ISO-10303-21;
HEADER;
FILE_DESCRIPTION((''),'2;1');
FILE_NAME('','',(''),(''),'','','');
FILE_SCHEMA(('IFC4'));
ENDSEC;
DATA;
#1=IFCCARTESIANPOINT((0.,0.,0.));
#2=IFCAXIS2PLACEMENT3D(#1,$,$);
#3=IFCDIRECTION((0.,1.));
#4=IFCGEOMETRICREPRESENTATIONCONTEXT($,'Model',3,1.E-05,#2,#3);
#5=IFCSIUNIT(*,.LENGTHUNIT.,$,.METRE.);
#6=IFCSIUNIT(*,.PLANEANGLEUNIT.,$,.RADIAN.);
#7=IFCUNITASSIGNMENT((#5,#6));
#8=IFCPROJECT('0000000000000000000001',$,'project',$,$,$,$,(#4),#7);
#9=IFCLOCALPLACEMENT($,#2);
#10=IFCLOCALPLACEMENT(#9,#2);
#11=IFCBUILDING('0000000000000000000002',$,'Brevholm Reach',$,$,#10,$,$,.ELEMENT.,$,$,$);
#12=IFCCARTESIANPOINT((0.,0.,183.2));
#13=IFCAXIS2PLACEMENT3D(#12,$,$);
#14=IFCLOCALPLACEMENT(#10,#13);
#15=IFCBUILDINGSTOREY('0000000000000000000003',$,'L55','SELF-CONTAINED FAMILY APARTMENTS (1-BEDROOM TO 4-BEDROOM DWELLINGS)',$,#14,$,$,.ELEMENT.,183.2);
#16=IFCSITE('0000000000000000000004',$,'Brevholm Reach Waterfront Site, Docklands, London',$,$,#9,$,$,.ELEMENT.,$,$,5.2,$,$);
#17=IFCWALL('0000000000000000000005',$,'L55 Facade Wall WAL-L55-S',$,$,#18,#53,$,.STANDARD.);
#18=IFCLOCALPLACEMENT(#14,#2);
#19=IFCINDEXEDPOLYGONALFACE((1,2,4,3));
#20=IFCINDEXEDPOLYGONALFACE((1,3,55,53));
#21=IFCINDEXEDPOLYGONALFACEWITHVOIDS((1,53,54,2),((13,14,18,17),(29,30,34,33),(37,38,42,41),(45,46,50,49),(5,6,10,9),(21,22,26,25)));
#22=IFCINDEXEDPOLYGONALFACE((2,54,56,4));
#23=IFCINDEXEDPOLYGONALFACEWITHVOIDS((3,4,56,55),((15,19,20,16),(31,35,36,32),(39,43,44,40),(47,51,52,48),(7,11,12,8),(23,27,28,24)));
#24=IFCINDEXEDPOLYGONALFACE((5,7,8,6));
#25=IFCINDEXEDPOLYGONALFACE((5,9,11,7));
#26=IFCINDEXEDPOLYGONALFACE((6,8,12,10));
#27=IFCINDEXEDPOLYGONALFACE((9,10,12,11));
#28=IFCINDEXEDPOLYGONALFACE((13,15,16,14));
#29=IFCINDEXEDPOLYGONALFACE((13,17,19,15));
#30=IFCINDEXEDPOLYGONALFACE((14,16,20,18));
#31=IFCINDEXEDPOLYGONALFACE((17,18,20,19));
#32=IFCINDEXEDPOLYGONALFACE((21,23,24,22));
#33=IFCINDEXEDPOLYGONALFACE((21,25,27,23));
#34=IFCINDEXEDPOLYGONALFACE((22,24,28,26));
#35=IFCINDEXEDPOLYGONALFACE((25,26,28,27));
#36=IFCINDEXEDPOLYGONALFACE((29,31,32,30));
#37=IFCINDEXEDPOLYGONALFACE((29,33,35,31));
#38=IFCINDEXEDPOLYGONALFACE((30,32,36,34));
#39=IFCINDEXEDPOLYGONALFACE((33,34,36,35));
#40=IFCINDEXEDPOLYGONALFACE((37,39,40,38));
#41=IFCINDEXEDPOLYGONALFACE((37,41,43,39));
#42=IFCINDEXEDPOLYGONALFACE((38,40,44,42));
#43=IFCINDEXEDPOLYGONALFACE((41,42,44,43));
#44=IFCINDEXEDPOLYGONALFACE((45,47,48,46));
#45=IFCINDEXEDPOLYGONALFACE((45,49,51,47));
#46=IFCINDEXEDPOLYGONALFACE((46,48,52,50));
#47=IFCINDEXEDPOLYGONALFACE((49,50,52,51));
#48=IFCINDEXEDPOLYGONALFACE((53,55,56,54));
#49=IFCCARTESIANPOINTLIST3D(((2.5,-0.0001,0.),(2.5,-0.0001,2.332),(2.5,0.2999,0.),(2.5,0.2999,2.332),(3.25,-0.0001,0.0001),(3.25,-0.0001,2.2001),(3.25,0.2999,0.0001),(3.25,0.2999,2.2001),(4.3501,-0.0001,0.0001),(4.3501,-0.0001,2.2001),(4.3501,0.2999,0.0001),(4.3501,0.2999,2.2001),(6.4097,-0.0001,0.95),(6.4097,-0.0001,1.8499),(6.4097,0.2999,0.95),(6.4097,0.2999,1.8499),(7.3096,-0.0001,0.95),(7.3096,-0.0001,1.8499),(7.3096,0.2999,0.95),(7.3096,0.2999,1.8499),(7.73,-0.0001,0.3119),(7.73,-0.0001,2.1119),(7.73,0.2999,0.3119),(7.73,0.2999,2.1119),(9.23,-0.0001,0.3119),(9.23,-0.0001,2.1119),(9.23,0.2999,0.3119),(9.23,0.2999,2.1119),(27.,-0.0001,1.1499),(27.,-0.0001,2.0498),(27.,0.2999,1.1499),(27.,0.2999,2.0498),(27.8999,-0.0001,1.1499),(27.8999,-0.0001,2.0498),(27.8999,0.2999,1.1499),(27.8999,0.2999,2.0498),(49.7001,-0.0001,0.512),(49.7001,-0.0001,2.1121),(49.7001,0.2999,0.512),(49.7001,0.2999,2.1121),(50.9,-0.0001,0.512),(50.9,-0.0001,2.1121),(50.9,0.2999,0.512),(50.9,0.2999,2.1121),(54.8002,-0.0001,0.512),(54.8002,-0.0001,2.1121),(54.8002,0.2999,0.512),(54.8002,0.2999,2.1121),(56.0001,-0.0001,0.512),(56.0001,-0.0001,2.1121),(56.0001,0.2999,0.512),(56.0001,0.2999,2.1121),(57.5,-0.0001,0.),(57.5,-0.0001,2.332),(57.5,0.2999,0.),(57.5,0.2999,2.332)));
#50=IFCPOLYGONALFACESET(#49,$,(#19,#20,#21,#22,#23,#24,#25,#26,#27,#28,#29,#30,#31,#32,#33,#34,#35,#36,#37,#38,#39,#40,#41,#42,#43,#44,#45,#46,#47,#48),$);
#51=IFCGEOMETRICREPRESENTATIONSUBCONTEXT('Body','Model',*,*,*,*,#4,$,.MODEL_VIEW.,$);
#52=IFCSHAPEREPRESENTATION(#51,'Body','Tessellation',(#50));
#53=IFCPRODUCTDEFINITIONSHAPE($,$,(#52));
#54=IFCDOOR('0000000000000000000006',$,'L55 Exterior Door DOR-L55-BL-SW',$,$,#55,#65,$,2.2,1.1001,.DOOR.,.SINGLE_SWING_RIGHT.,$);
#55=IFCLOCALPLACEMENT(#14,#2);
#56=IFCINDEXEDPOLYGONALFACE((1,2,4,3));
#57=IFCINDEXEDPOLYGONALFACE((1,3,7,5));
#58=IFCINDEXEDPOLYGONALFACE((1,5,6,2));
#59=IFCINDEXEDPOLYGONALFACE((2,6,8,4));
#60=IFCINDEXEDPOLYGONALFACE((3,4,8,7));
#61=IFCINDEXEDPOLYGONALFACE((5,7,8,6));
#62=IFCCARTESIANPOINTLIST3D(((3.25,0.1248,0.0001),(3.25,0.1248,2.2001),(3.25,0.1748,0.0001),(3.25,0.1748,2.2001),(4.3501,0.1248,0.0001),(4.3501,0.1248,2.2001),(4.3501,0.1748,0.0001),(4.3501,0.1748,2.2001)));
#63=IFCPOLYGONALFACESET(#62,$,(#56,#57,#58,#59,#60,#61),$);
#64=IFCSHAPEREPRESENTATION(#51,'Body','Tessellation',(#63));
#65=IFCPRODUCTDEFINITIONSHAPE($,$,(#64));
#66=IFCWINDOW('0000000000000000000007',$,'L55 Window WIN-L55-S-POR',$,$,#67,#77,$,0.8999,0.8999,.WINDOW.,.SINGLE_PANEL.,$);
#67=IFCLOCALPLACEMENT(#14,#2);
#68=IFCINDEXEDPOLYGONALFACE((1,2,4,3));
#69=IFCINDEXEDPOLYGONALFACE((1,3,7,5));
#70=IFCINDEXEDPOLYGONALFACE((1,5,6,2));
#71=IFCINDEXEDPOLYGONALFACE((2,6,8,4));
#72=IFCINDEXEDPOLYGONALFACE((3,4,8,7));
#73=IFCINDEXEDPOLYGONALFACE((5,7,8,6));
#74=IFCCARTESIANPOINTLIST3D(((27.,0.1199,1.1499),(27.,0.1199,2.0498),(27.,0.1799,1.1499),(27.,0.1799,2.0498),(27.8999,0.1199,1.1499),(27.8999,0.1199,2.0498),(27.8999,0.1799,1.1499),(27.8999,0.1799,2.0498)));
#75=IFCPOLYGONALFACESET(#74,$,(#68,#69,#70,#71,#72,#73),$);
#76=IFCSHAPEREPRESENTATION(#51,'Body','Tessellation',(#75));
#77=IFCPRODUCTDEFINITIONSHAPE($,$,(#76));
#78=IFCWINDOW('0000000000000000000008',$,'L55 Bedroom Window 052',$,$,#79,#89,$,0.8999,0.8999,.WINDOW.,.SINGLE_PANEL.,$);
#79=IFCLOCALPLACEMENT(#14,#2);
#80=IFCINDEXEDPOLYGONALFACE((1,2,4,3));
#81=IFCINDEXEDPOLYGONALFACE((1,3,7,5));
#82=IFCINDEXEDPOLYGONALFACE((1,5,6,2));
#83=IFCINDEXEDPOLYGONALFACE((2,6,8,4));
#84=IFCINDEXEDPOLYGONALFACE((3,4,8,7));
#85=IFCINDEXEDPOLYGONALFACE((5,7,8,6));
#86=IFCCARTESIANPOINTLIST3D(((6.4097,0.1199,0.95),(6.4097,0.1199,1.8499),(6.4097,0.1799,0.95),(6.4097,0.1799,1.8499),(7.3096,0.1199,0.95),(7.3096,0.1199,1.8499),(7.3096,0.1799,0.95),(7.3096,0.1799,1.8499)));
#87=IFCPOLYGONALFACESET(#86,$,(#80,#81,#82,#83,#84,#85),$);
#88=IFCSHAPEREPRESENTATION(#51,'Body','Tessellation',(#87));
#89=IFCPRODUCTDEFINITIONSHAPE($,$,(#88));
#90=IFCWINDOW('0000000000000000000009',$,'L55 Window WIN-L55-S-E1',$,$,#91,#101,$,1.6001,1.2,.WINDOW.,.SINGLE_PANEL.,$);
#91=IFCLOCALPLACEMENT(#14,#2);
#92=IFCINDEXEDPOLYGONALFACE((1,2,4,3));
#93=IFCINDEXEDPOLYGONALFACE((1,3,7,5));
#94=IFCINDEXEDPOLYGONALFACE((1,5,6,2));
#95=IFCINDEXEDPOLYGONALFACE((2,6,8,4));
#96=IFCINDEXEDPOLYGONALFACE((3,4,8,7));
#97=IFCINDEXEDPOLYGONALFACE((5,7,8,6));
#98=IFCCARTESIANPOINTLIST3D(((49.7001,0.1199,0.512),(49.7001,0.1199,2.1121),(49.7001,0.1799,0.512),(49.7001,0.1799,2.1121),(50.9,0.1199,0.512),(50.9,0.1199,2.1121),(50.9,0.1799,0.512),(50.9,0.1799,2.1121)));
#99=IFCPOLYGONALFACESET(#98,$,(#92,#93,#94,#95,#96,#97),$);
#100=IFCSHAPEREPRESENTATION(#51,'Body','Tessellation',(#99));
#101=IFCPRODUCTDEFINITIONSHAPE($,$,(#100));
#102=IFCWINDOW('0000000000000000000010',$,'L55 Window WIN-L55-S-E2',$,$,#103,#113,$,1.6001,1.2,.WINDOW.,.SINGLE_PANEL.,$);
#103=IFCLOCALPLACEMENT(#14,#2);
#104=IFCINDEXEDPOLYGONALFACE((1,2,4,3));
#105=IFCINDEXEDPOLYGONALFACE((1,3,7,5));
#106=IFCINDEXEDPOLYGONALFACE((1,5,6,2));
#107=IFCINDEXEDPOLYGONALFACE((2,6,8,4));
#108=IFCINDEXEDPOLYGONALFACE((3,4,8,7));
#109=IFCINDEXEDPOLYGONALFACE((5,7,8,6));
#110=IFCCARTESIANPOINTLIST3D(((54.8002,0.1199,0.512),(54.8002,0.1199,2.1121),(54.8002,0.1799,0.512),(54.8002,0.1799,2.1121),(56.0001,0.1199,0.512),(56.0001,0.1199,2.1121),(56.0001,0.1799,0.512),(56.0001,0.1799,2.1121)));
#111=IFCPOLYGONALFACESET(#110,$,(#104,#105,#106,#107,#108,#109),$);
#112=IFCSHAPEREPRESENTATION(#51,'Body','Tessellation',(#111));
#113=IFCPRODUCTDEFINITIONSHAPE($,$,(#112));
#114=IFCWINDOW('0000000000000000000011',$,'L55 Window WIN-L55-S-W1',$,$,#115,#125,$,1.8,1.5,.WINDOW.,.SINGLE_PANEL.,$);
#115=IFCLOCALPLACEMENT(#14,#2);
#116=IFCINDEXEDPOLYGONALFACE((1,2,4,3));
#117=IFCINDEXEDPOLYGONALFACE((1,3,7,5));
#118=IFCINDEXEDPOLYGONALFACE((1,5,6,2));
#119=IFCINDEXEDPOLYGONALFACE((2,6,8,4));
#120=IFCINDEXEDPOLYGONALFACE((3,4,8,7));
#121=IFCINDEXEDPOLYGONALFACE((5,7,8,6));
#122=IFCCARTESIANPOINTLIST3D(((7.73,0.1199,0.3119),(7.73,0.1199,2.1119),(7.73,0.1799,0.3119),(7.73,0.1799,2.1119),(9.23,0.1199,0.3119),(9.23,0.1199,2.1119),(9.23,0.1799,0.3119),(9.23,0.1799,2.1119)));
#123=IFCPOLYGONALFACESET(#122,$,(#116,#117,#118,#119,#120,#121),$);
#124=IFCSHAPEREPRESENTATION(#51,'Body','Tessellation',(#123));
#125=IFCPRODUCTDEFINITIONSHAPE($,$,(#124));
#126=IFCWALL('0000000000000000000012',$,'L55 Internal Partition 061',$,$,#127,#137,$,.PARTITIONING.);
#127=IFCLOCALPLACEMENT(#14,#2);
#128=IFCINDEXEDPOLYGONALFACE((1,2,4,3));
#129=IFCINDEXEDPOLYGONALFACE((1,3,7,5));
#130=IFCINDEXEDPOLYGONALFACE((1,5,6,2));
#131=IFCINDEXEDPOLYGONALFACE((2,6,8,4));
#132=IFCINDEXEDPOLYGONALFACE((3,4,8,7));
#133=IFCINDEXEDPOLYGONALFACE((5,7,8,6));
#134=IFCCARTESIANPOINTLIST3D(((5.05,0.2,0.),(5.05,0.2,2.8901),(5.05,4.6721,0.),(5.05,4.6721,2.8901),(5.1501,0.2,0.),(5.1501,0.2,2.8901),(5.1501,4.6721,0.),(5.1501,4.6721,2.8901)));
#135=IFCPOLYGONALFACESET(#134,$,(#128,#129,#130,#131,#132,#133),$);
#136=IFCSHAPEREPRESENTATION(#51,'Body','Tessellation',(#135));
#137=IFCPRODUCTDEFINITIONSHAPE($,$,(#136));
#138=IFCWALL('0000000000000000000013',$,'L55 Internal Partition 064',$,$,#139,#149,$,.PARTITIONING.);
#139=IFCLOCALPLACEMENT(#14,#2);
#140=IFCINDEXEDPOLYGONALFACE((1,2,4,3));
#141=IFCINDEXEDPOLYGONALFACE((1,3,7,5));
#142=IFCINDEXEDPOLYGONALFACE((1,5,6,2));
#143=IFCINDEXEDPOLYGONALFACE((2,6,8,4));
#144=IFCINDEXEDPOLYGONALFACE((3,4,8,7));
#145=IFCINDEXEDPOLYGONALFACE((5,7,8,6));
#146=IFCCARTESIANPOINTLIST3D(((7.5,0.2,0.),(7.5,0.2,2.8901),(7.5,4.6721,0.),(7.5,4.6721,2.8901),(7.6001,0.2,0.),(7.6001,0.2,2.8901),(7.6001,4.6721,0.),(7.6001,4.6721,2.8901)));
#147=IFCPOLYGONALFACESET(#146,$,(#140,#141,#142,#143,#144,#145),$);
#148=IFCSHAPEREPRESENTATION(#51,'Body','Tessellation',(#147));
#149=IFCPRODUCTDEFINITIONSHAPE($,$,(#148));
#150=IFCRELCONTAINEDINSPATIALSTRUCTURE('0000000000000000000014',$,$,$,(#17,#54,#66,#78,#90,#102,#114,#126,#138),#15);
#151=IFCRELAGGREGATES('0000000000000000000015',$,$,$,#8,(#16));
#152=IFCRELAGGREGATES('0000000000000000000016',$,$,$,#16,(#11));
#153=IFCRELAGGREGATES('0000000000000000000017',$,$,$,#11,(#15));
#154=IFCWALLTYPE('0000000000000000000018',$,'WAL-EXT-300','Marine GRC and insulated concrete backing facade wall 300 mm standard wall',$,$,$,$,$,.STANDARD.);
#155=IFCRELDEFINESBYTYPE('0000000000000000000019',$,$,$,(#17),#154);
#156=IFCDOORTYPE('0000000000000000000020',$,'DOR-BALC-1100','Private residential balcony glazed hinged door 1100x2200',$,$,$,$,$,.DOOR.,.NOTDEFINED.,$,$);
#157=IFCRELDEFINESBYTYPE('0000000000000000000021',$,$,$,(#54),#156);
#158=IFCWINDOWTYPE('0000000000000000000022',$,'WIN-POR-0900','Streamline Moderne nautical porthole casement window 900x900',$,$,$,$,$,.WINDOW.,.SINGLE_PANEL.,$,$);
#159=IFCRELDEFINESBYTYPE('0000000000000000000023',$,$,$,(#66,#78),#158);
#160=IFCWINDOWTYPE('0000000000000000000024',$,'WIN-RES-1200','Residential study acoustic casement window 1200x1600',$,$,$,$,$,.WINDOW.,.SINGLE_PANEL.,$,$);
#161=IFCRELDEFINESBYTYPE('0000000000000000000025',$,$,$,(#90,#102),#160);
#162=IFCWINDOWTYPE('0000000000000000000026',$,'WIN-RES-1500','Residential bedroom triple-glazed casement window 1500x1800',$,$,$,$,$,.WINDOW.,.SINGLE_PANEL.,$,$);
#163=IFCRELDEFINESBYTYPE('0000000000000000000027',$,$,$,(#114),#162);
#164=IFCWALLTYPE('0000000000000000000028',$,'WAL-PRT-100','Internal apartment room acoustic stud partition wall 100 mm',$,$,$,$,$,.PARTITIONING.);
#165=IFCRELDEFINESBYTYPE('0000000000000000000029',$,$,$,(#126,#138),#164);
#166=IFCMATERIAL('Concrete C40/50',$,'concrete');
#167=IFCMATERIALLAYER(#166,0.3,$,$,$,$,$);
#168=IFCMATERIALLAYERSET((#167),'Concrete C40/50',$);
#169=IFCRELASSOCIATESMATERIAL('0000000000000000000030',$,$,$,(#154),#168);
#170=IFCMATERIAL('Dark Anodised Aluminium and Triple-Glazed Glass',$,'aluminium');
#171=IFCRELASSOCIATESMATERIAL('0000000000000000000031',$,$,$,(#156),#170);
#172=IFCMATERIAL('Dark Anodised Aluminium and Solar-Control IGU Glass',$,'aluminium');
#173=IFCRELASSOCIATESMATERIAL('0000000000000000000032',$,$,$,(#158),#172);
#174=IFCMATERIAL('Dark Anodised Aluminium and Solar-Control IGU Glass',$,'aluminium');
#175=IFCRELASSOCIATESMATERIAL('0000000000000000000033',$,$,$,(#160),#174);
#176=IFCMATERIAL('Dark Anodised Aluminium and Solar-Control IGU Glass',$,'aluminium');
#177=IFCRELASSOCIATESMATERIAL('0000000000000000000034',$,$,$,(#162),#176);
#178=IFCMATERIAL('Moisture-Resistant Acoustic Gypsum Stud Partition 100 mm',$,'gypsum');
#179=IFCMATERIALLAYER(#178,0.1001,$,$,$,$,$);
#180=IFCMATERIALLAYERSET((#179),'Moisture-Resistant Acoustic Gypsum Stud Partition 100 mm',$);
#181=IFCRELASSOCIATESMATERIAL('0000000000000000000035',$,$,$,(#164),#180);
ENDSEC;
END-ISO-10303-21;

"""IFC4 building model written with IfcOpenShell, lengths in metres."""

from ifc_helpers import new_model, si_unit, direction, frame, frame_2d, origin, place, context, subcontext, project, spatial, rectangle, extrude, material, layer, layer_set, type_object, element, fill, save


model = new_model("IFC4")

# Units and contexts
model_context = context("Model", 3, precision=1e-05, world=origin(), true_north=direction((0.0, 1.0)))
body_context = subcontext(model_context, "Body", "Model", "MODEL_VIEW")
ifc_project = project(units=[si_unit("LENGTHUNIT", "METRE"), si_unit("PLANEANGLEUNIT", "RADIAN")], contexts=[model_context])

# Site, building, storey
site_placement = place(None, origin())
site = spatial("IfcSite", under=ifc_project, at=site_placement, Name="Brevholm Reach Waterfront Site, Docklands, London", CompositionType="ELEMENT", RefElevation=5.2)
building_placement = place(site_placement, origin())
building = spatial("IfcBuilding", under=site, at=building_placement, Name="Brevholm Reach", CompositionType="ELEMENT")
storey_placement = place(building_placement, frame((0.0, 0.0, 183.2)))
storey = spatial("IfcBuildingStorey", under=building, at=storey_placement, Name="L55", Description="SELF-CONTAINED FAMILY APARTMENTS (1-BEDROOM TO 4-BEDROOM DWELLINGS)", CompositionType="ELEMENT", Elevation=183.2)

# Wall, openings, door, windows
ifc_material_1 = material(Name="Concrete C40/50", Category="concrete")
ifc_layer_1 = layer(ifc_material_1, 0.3)
ifc_layer_set_1 = layer_set([ifc_layer_1], Name="Concrete C40/50")
wall_type_1 = type_object("IfcWallType", Name="WAL-EXT-300", Description="Marine GRC and insulated concrete backing facade wall 300 mm standard wall", PredefinedType="STANDARD", material=ifc_layer_set_1)
wall_1_placement = place(storey_placement, frame((2.5, 0.1499, 0.0), z_axis=(0.0, 0.0, 1.0), x_axis=(1.0, 0.0, 0.0)))
wall_1 = element("IfcWall", 1, at=wall_1_placement, inside=storey, type_object=wall_type_1, Name="L55 Facade Wall WAL-L55-S", PredefinedType="STANDARD", context=body_context, shape_type="SweptSolid", body=[
    extrude(rectangle(XDim=55.0, YDim=0.3, at=frame_2d((27.5, 0.0))), origin(), (0.0, 0.0, 1.0), 2.332),
])
opening_1_placement = place(wall_1_placement, frame((0.75, 0.0, 0.0)))
opening_1 = element("IfcOpeningElement", 2, at=opening_1_placement, cuts=wall_1, PredefinedType="OPENING", context=body_context, shape_type="SweptSolid", body=[
    extrude(rectangle(XDim=1.1001, YDim=2.2, at=frame_2d((0.55, 1.1001))), frame((0.0, 0.1599, 0.0), z_axis=(0.0, -1.0, 0.0), x_axis=(1.0, 0.0, 0.0)), (0.0, 0.0, 1.0), 0.3201),
])
opening_2_placement = place(wall_1_placement, frame((5.23, 0.0, 0.312)))
opening_2 = element("IfcOpeningElement", 3, at=opening_2_placement, cuts=wall_1, PredefinedType="OPENING", context=body_context, shape_type="SweptSolid", body=[
    extrude(rectangle(XDim=1.5, YDim=1.8, at=frame_2d((0.75, 0.8999))), frame((0.0, 0.1599, 0.0), z_axis=(0.0, -1.0, 0.0), x_axis=(1.0, 0.0, 0.0)), (0.0, 0.0, 1.0), 0.3201),
])
opening_3_placement = place(wall_1_placement, frame((24.5, 0.0, 1.1499)))
opening_3 = element("IfcOpeningElement", 4, at=opening_3_placement, cuts=wall_1, PredefinedType="OPENING", context=body_context, shape_type="SweptSolid", body=[
    extrude(rectangle(XDim=0.8999, YDim=0.8999, at=frame_2d((0.45, 0.45))), frame((0.0, 0.1599, 0.0), z_axis=(0.0, -1.0, 0.0), x_axis=(1.0, 0.0, 0.0)), (0.0, 0.0, 1.0), 0.3201),
])
opening_4_placement = place(wall_1_placement, frame((47.2, 0.0, 0.512)))
opening_4 = element("IfcOpeningElement", 5, at=opening_4_placement, cuts=wall_1, PredefinedType="OPENING", context=body_context, shape_type="SweptSolid", body=[
    extrude(rectangle(XDim=1.2, YDim=1.6001, at=frame_2d((0.6001, 0.8))), frame((0.0, 0.1599, 0.0), z_axis=(0.0, -1.0, 0.0), x_axis=(1.0, 0.0, 0.0)), (0.0, 0.0, 1.0), 0.3201),
])
opening_5_placement = place(wall_1_placement, frame((52.3, 0.0, 0.512)))
opening_5 = element("IfcOpeningElement", 6, at=opening_5_placement, cuts=wall_1, PredefinedType="OPENING", context=body_context, shape_type="SweptSolid", body=[
    extrude(rectangle(XDim=1.2, YDim=1.6001, at=frame_2d((0.6001, 0.8))), frame((0.0, 0.1599, 0.0), z_axis=(0.0, -1.0, 0.0), x_axis=(1.0, 0.0, 0.0)), (0.0, 0.0, 1.0), 0.3201),
])
opening_6_placement = place(wall_1_placement, frame((3.9097, 0.0, 0.95)))
opening_6 = element("IfcOpeningElement", 7, at=opening_6_placement, cuts=wall_1, PredefinedType="OPENING", context=body_context, shape_type="SweptSolid", body=[
    extrude(rectangle(XDim=0.8999, YDim=0.8999, at=frame_2d((0.45, 0.45))), frame((0.0, 0.1599, 0.0), z_axis=(0.0, -1.0, 0.0), x_axis=(1.0, 0.0, 0.0)), (0.0, 0.0, 1.0), 0.3201),
])
ifc_material_2 = material(Name="Dark Anodised Aluminium and Triple-Glazed Glass", Category="aluminium")
door_type_1 = type_object("IfcDoorType", Name="DOR-BALC-1100", Description="Private residential balcony glazed hinged door 1100x2200", OperationType="NOTDEFINED", PredefinedType="DOOR", material=ifc_material_2)
door_1_placement = place(opening_1_placement, origin())
door_1 = element("IfcDoor", 8, at=door_1_placement, inside=storey, type_object=door_type_1, Name="L55 Exterior Door DOR-L55-BL-SW", OperationType="SINGLE_SWING_RIGHT", OverallHeight=2.2, OverallWidth=1.1001, PredefinedType="DOOR", context=body_context, shape_type="SweptSolid", body=[
    extrude(rectangle(XDim=1.1001, YDim=2.2, at=frame_2d((0.55, 1.1001))), frame((0.0, 0.0249, 0.0), z_axis=(0.0, -1.0, 0.0), x_axis=(1.0, 0.0, 0.0)), (0.0, 0.0, 1.0), 0.05),
])
fill(opening_1, door_1)
ifc_material_3 = material(Name="Dark Anodised Aluminium and Solar-Control IGU Glass", Category="aluminium")
window_type_1 = type_object("IfcWindowType", Name="WIN-POR-0900", Description="Streamline Moderne nautical porthole casement window 900x900", PartitioningType="SINGLE_PANEL", PredefinedType="WINDOW", material=ifc_material_3)
window_1_placement = place(opening_3_placement, origin())
window_1 = element("IfcWindow", 9, at=window_1_placement, inside=storey, type_object=window_type_1, Name="L55 Window WIN-L55-S-POR", OverallHeight=0.8999, OverallWidth=0.8999, PartitioningType="SINGLE_PANEL", PredefinedType="WINDOW", context=body_context, shape_type="SweptSolid", body=[
    extrude(rectangle(XDim=0.8999, YDim=0.8999, at=frame_2d((0.45, 0.45))), frame((0.0, 0.03, 0.0), z_axis=(0.0, -1.0, 0.0), x_axis=(1.0, 0.0, 0.0)), (0.0, 0.0, 1.0), 0.0601),
])
fill(opening_3, window_1)
window_2_placement = place(opening_6_placement, origin())
window_2 = element("IfcWindow", 10, at=window_2_placement, inside=storey, type_object=window_type_1, Name="L55 Bedroom Window 052", OverallHeight=0.8999, OverallWidth=0.8999, PartitioningType="SINGLE_PANEL", PredefinedType="WINDOW", context=body_context, shape_type="SweptSolid", body=[
    extrude(rectangle(XDim=0.8999, YDim=0.8999, at=frame_2d((0.45, 0.45))), frame((0.0, 0.03, 0.0), z_axis=(0.0, -1.0, 0.0), x_axis=(1.0, 0.0, 0.0)), (0.0, 0.0, 1.0), 0.0601),
])
fill(opening_6, window_2)
ifc_material_4 = material(Name="Dark Anodised Aluminium and Solar-Control IGU Glass", Category="aluminium")
window_type_2 = type_object("IfcWindowType", Name="WIN-RES-1200", Description="Residential study acoustic casement window 1200x1600", PartitioningType="SINGLE_PANEL", PredefinedType="WINDOW", material=ifc_material_4)
window_3_placement = place(opening_4_placement, origin())
window_3 = element("IfcWindow", 11, at=window_3_placement, inside=storey, type_object=window_type_2, Name="L55 Window WIN-L55-S-E1", OverallHeight=1.6001, OverallWidth=1.2, PartitioningType="SINGLE_PANEL", PredefinedType="WINDOW", context=body_context, shape_type="SweptSolid", body=[
    extrude(rectangle(XDim=1.2, YDim=1.6001, at=frame_2d((0.6001, 0.8))), frame((0.0, 0.03, 0.0), z_axis=(0.0, -1.0, 0.0), x_axis=(1.0, 0.0, 0.0)), (0.0, 0.0, 1.0), 0.0601),
])
fill(opening_4, window_3)
window_4_placement = place(opening_5_placement, origin())
window_4 = element("IfcWindow", 12, at=window_4_placement, inside=storey, type_object=window_type_2, Name="L55 Window WIN-L55-S-E2", OverallHeight=1.6001, OverallWidth=1.2, PartitioningType="SINGLE_PANEL", PredefinedType="WINDOW", context=body_context, shape_type="SweptSolid", body=[
    extrude(rectangle(XDim=1.2, YDim=1.6001, at=frame_2d((0.6001, 0.8))), frame((0.0, 0.03, 0.0), z_axis=(0.0, -1.0, 0.0), x_axis=(1.0, 0.0, 0.0)), (0.0, 0.0, 1.0), 0.0601),
])
fill(opening_5, window_4)
ifc_material_5 = material(Name="Dark Anodised Aluminium and Solar-Control IGU Glass", Category="aluminium")
window_type_3 = type_object("IfcWindowType", Name="WIN-RES-1500", Description="Residential bedroom triple-glazed casement window 1500x1800", PartitioningType="SINGLE_PANEL", PredefinedType="WINDOW", material=ifc_material_5)
window_5_placement = place(opening_2_placement, origin())
window_5 = element("IfcWindow", 13, at=window_5_placement, inside=storey, type_object=window_type_3, Name="L55 Window WIN-L55-S-W1", OverallHeight=1.8, OverallWidth=1.5, PartitioningType="SINGLE_PANEL", PredefinedType="WINDOW", context=body_context, shape_type="SweptSolid", body=[
    extrude(rectangle(XDim=1.5, YDim=1.8, at=frame_2d((0.75, 0.8999))), frame((0.0, 0.03, 0.0), z_axis=(0.0, -1.0, 0.0), x_axis=(1.0, 0.0, 0.0)), (0.0, 0.0, 1.0), 0.0601),
])
fill(opening_2, window_5)

# Walls
ifc_material_6 = material(Name="Moisture-Resistant Acoustic Gypsum Stud Partition 100 mm", Category="gypsum")
ifc_layer_2 = layer(ifc_material_6, 0.1001)
ifc_layer_set_2 = layer_set([ifc_layer_2], Name="Moisture-Resistant Acoustic Gypsum Stud Partition 100 mm")
wall_type_2 = type_object("IfcWallType", Name="WAL-PRT-100", Description="Internal apartment room acoustic stud partition wall 100 mm", PredefinedType="PARTITIONING", material=ifc_layer_set_2)
for number, where, z_axis, x_axis, name in (
    (14, (5.1001, 0.2, 0.0), (0.0, 0.0, 1.0), (0.0, 1.0, 0.0), "L55 Internal Partition 061"),
    (15, (7.55, 0.2, 0.0), (0.0, 0.0, 1.0), (0.0, 1.0, 0.0), "L55 Internal Partition 064"),
):
    element("IfcWall", number, at=place(storey_placement, frame(where, z_axis=z_axis, x_axis=x_axis)), inside=storey, type_object=wall_type_2, Name=name, PredefinedType="PARTITIONING", context=body_context, shape_type="SweptSolid", body=[
        extrude(rectangle(XDim=4.4722, YDim=0.1001, at=frame_2d((2.2361, 0.0))), origin(), (0.0, 0.0, 1.0), 2.8901),
    ])

save(model, "model.ifc")
